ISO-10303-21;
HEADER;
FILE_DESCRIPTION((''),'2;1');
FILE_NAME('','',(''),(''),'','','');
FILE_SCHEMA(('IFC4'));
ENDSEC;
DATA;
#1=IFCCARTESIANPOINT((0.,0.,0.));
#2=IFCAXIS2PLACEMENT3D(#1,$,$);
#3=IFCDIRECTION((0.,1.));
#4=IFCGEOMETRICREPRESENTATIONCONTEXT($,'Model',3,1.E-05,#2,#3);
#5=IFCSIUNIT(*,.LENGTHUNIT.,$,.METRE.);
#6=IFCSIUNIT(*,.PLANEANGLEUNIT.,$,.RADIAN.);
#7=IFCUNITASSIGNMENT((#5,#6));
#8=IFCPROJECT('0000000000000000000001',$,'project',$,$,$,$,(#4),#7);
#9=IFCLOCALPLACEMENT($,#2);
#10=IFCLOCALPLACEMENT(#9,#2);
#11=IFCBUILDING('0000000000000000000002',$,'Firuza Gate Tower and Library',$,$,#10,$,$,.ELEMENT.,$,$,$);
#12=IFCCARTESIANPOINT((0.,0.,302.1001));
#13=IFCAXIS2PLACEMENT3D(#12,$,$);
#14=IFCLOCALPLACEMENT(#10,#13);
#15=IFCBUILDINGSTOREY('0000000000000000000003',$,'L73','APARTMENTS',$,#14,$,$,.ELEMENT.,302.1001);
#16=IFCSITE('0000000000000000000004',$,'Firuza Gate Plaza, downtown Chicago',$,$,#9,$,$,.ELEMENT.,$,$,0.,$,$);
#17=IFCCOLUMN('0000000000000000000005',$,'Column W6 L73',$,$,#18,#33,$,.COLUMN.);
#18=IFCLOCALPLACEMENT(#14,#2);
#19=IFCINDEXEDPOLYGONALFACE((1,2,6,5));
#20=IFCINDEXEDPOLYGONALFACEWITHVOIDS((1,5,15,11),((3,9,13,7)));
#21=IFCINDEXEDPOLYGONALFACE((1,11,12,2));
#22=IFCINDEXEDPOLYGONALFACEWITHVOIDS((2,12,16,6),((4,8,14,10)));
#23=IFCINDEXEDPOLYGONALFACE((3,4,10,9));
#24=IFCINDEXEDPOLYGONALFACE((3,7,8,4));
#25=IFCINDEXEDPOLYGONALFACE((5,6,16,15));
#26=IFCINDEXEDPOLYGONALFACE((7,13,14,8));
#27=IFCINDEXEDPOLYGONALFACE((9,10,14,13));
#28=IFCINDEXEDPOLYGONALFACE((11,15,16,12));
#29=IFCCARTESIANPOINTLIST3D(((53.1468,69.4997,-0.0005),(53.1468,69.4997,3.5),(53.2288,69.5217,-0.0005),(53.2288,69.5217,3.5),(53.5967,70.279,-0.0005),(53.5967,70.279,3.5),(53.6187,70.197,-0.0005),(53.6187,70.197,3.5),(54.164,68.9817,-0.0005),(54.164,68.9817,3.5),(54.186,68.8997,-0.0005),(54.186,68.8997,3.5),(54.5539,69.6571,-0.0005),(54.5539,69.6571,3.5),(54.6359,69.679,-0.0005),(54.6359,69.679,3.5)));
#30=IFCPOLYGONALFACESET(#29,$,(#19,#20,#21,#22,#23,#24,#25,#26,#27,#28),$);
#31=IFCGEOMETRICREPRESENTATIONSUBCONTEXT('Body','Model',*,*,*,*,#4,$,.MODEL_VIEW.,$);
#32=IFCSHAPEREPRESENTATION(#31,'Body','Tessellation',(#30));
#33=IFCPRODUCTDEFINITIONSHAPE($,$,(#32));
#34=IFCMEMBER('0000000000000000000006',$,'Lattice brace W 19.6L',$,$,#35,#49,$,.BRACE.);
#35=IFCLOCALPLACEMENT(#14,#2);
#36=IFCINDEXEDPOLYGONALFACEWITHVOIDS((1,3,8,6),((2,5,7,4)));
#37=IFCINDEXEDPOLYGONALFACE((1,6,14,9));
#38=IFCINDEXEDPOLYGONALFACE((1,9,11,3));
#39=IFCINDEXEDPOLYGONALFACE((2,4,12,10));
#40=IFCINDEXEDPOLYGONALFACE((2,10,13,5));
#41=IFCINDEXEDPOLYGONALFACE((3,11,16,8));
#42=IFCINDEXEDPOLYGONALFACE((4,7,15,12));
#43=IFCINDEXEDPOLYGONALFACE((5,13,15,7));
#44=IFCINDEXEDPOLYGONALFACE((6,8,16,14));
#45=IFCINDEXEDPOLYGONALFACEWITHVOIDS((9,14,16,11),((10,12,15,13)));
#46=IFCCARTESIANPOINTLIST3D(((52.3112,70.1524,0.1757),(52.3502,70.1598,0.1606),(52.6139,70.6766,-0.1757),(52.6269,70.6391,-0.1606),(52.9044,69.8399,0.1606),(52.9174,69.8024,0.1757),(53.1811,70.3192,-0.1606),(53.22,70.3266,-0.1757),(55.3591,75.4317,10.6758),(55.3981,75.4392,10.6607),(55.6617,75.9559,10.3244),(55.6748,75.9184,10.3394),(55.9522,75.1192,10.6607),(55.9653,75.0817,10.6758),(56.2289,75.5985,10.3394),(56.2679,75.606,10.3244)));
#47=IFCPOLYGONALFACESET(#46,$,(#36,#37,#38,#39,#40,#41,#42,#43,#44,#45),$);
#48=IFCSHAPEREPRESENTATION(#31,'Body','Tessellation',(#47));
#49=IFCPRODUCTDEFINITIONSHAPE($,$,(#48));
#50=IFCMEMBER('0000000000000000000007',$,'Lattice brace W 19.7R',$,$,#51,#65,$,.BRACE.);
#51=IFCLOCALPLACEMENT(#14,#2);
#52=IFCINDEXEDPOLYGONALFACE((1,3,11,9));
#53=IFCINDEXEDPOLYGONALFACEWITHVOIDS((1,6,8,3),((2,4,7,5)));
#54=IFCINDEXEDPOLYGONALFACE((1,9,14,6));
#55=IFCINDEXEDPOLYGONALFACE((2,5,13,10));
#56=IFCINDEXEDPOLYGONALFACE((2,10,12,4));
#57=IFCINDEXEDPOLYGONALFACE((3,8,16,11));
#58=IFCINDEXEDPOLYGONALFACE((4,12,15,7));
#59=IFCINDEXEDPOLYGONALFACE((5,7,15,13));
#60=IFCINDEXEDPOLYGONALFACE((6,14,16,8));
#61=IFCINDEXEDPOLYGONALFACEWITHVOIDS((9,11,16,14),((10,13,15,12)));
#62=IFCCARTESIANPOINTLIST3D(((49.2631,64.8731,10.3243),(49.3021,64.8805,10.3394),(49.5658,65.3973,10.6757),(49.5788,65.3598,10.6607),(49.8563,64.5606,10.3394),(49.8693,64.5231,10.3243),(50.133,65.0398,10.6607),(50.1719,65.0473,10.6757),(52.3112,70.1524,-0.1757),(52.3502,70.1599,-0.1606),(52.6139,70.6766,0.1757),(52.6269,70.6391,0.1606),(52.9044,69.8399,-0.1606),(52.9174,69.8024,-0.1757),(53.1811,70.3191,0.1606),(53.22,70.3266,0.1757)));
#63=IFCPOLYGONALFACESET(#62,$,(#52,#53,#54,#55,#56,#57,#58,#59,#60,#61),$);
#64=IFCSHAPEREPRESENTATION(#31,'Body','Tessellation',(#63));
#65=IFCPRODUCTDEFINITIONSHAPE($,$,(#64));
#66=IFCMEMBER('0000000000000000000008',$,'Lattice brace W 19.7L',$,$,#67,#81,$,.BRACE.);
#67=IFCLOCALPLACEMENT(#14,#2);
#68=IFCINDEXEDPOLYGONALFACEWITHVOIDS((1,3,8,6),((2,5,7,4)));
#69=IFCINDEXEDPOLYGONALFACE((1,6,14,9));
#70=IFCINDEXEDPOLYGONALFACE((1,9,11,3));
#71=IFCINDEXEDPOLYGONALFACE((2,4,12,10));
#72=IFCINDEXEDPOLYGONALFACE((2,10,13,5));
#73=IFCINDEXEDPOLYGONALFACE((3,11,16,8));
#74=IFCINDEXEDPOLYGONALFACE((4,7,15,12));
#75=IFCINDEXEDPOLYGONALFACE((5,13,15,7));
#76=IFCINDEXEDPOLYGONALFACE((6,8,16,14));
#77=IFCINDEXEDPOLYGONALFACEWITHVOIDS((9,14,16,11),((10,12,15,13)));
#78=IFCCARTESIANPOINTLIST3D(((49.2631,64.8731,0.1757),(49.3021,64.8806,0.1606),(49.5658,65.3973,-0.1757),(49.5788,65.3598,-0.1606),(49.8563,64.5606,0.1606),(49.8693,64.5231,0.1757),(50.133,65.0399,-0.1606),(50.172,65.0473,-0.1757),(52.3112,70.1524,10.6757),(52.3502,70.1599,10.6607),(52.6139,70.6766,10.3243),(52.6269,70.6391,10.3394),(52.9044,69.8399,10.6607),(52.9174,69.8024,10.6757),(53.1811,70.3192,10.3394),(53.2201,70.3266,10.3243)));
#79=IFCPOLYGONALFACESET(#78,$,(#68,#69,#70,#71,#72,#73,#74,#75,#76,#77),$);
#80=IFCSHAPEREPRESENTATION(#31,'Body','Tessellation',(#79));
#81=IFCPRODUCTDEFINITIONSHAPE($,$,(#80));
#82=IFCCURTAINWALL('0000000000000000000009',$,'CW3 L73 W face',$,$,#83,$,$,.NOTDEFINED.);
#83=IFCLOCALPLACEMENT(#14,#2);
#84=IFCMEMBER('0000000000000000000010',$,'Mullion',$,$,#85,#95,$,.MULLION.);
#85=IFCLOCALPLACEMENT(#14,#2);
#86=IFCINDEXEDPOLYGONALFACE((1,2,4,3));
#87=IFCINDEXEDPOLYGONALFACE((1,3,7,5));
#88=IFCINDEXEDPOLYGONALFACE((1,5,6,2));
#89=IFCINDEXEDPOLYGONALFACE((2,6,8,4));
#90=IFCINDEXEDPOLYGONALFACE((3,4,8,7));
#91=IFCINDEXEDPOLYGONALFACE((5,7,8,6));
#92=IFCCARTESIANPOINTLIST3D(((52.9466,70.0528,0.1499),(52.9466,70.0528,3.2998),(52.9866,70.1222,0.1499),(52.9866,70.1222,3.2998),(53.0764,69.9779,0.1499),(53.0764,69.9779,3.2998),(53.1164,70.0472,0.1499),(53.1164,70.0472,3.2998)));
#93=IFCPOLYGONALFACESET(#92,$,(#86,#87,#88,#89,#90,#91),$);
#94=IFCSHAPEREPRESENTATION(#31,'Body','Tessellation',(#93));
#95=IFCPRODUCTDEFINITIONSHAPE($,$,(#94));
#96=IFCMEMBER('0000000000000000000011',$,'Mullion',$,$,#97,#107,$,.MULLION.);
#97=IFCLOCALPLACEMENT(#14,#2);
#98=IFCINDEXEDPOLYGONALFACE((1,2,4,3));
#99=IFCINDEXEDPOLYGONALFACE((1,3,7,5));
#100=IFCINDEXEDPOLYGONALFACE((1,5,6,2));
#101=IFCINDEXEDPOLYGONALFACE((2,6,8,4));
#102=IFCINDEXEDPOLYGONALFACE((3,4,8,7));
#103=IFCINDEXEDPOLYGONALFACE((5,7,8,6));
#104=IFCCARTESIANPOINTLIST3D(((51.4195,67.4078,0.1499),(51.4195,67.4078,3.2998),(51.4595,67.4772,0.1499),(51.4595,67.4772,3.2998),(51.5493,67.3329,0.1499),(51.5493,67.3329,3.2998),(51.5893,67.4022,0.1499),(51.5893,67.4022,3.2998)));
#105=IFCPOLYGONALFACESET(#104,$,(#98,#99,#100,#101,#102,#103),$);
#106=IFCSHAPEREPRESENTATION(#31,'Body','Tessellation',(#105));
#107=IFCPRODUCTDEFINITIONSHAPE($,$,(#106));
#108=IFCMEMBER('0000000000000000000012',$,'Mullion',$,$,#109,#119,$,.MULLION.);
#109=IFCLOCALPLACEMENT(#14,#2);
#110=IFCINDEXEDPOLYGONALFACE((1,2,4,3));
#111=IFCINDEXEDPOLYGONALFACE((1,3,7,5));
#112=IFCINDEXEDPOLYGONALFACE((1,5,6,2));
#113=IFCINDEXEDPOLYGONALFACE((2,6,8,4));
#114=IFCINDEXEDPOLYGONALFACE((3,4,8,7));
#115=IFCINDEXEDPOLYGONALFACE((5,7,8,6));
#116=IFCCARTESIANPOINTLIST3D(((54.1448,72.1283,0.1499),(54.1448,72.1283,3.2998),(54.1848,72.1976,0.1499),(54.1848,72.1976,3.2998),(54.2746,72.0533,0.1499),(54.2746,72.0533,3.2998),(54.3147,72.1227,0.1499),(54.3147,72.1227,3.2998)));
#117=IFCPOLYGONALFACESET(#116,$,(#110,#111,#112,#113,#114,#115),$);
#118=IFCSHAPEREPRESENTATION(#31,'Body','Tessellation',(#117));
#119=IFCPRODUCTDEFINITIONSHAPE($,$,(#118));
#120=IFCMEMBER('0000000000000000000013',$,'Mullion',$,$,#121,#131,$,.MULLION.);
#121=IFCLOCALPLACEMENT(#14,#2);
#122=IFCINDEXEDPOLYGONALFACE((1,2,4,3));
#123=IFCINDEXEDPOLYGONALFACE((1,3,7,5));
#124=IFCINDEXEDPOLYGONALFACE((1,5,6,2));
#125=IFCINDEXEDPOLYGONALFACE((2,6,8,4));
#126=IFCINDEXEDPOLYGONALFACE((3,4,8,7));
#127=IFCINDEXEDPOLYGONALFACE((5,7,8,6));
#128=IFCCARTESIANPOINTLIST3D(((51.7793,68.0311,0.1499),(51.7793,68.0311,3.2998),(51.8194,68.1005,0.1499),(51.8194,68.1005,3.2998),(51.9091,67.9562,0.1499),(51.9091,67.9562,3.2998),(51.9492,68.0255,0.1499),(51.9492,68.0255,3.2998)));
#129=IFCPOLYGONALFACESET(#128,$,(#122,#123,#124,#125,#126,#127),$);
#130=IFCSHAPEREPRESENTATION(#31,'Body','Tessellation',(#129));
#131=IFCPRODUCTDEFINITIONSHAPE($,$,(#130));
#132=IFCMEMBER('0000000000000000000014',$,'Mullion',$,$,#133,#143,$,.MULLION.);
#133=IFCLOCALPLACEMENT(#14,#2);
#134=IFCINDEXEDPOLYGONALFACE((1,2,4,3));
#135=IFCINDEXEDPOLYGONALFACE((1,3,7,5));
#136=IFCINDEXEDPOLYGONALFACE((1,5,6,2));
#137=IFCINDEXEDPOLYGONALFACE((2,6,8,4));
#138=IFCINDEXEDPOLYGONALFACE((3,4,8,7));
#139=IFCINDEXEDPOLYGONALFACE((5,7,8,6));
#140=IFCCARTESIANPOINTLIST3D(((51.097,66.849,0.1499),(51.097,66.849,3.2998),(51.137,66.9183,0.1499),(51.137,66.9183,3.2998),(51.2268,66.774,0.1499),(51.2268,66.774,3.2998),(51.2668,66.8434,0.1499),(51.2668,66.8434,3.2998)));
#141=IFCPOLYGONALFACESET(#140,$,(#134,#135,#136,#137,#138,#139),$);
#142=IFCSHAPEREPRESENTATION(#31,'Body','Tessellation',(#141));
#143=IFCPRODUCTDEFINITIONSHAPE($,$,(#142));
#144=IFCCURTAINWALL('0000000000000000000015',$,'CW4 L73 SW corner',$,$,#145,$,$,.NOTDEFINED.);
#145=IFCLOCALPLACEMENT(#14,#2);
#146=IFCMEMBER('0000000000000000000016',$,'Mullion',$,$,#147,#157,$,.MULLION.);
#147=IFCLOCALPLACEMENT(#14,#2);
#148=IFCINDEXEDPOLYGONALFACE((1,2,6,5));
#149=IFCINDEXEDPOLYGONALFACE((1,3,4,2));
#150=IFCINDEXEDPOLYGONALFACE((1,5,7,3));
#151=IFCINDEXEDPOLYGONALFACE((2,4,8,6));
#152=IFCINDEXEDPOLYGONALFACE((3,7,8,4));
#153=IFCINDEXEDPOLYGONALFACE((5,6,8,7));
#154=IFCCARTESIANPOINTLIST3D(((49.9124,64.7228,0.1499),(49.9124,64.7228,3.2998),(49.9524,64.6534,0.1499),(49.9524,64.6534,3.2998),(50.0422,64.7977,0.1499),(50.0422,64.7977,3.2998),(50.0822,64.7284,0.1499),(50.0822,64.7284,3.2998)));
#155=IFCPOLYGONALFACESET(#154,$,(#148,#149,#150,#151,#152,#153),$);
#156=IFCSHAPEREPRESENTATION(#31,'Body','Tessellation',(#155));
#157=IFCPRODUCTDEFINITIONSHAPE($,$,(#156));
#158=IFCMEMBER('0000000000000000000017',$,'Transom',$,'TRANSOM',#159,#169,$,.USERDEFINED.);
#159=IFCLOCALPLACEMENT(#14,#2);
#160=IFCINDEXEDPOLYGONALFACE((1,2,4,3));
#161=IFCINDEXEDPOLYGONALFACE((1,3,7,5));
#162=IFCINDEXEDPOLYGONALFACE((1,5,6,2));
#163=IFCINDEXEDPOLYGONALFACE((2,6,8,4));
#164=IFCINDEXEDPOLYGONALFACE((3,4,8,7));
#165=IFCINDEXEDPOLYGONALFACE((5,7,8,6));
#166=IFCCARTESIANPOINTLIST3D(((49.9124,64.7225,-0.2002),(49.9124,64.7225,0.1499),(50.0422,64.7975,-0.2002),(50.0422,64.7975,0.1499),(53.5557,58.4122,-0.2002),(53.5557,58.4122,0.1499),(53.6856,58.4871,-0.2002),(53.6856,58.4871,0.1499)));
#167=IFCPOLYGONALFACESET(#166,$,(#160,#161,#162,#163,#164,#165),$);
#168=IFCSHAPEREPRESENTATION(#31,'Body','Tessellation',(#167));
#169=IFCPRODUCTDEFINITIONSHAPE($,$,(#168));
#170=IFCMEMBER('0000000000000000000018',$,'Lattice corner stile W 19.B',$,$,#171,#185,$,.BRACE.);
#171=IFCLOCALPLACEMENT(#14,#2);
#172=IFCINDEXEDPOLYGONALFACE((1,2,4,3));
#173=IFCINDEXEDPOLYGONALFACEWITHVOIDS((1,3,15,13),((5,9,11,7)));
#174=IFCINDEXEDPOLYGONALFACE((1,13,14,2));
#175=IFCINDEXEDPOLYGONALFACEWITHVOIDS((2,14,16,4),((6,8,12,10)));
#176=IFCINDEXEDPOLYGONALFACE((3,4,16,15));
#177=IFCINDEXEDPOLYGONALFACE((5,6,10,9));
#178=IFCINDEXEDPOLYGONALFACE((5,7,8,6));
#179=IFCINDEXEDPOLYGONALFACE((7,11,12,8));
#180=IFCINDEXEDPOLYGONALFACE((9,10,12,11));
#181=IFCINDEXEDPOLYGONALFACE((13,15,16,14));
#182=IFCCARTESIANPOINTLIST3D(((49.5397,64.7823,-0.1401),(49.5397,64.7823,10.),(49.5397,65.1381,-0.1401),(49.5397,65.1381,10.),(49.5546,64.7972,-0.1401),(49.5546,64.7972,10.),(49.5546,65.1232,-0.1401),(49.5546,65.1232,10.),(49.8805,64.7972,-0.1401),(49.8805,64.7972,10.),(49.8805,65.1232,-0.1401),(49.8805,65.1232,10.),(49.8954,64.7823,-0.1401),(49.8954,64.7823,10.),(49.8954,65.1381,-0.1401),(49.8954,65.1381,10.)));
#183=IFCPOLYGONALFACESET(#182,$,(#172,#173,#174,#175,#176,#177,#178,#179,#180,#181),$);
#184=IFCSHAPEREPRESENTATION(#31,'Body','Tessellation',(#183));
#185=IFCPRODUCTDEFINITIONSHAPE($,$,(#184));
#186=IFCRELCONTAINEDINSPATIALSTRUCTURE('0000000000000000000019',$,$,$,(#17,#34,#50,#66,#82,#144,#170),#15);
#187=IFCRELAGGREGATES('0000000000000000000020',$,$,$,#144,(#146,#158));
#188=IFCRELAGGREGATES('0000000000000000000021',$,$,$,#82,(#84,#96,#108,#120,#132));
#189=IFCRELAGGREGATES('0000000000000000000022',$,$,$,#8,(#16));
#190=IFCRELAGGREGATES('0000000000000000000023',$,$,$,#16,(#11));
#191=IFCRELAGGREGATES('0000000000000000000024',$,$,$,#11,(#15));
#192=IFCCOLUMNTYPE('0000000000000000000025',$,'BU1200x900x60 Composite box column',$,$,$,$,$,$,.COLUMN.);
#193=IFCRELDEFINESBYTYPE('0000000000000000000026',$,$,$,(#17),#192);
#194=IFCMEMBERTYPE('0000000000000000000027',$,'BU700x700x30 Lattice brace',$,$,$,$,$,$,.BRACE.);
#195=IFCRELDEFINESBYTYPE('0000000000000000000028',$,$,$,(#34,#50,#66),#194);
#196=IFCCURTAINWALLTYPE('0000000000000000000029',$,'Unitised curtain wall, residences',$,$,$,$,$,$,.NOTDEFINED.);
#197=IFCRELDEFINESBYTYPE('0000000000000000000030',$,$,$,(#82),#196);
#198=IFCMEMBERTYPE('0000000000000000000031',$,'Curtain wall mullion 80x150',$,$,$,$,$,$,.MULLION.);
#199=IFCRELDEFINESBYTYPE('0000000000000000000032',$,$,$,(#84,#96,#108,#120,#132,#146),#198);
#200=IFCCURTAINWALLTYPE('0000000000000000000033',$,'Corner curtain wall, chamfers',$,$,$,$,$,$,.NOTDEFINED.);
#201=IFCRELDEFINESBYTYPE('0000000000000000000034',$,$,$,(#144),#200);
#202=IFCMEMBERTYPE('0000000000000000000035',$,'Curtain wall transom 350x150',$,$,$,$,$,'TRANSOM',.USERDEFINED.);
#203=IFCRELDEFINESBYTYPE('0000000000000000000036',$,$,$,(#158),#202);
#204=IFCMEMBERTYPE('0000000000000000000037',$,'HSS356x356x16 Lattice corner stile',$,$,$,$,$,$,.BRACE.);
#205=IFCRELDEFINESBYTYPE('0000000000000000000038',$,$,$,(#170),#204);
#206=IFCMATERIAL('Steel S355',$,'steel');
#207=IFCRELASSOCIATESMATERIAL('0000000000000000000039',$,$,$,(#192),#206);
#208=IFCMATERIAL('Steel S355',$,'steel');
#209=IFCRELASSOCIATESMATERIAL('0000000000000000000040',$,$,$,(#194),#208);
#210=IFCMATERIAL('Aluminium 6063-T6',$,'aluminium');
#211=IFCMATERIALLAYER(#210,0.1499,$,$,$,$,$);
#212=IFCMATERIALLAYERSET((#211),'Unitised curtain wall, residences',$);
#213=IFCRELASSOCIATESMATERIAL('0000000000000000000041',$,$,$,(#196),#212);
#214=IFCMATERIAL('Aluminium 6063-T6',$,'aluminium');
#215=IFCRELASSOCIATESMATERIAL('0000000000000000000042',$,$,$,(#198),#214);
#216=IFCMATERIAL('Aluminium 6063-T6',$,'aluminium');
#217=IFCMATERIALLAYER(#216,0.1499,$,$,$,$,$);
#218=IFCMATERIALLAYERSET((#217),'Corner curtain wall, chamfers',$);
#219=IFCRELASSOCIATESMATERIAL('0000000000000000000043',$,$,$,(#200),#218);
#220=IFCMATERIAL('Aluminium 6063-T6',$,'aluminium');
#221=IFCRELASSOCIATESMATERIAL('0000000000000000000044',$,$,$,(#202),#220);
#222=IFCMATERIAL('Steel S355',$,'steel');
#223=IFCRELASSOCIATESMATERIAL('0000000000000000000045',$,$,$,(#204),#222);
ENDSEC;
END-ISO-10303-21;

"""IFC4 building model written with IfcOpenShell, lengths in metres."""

from ifc_helpers import new_model, si_unit, direction, frame, origin, origin_2d, place, context, subcontext, project, spatial, rectangle, hollow_rectangle, extrude, material, layer, layer_set, material_profile, profile_set, type_object, element, aggregate, save


model = new_model("IFC4")

# Units and contexts
model_context = context("Model", 3, precision=1e-05, world=origin(), true_north=direction((0.0, 1.0)))
body_context = subcontext(model_context, "Body", "Model", "MODEL_VIEW")
ifc_project = project(units=[si_unit("LENGTHUNIT", "METRE"), si_unit("PLANEANGLEUNIT", "RADIAN")], contexts=[model_context])

# Site, building, storey
site_placement = place(None, origin())
site = spatial("IfcSite", under=ifc_project, at=site_placement, Name="Firuza Gate Plaza, downtown Chicago", CompositionType="ELEMENT", RefElevation=0.0)
building_placement = place(site_placement, origin())
building = spatial("IfcBuilding", under=site, at=building_placement, Name="Firuza Gate Tower and Library", CompositionType="ELEMENT")
storey_placement = place(building_placement, frame((0.0, 0.0, 302.1001)))
storey = spatial("IfcBuildingStorey", under=building, at=storey_placement, Name="L73", Description="APARTMENTS", CompositionType="ELEMENT", Elevation=302.1001)

# Column
ifc_material_1 = material(Name="Steel S355", Category="steel")
ifc_material_profile_1 = material_profile(ifc_material_1, hollow_rectangle(XDim=0.8999, YDim=1.2, WallThickness=0.0601, at=origin_2d()))
ifc_profile_set_1 = profile_set([ifc_material_profile_1], Name="Steel S355")
column_type = type_object("IfcColumnType", Name="BU1200x900x60 Composite box column", PredefinedType="COLUMN", material=ifc_profile_set_1)
column_placement = place(storey_placement, frame((53.8914, 69.5894, -0.0005), z_axis=(0.0, 0.0, 1.0), x_axis=(-0.5, -0.866025, 0.0)))
element("IfcColumn", 1, at=column_placement, inside=storey, type_object=column_type, Name="Column W6 L73", PredefinedType="COLUMN", context=body_context, shape_type="SweptSolid", body=[
    extrude(hollow_rectangle(XDim=0.8999, YDim=1.2, WallThickness=0.0601, at=origin_2d()), origin(), (0.0, 0.0, 1.0), 3.5005),
])

# Members
ifc_material_2 = material(Name="Steel S355", Category="steel")
ifc_material_profile_2 = material_profile(ifc_material_2, hollow_rectangle(XDim=0.7, YDim=0.7, WallThickness=0.03, at=origin_2d()))
ifc_profile_set_2 = profile_set([ifc_material_profile_2], Name="Steel S355")
member_type_1 = type_object("IfcMemberType", Name="BU700x700x30 Lattice brace", PredefinedType="BRACE", material=ifc_profile_set_2)
for number, where, z_axis, x_axis, name in (
    (2, (52.7656, 70.2395, 0.0), (0.251032, 0.434823, 0.864819), (-0.866036, 0.499981, 0.0), "Lattice brace W 19.6L"),
    (3, (52.7656, 70.2395, 0.0), (-0.251051, -0.43482, 0.864815), (0.866019, -0.500011, 0.0), "Lattice brace W 19.7R"),
    (4, (49.7175, 64.9602, 0.0), (0.251051, 0.43482, 0.864815), (-0.866019, 0.500011, 0.0), "Lattice brace W 19.7L"),
):
    element("IfcMember", number, at=place(storey_placement, frame(where, z_axis=z_axis, x_axis=x_axis)), inside=storey, type_object=member_type_1, Name=name, PredefinedType="BRACE", context=body_context, shape_type="SweptSolid", body=[
        extrude(hollow_rectangle(XDim=0.7, YDim=0.7, WallThickness=0.03, at=origin_2d()), origin(), (0.0, 0.0, 1.0), 12.1414),
    ])

# Curtain walls, members
ifc_material_3 = material(Name="Aluminium 6063-T6", Category="aluminium")
ifc_layer_1 = layer(ifc_material_3, 0.1499)
ifc_layer_set_1 = layer_set([ifc_layer_1], Name="Unitised curtain wall, residences")
curtain_wall_type_1 = type_object("IfcCurtainWallType", Name="Unitised curtain wall, residences", PredefinedType="NOTDEFINED", material=ifc_layer_set_1)
placement = place(storey_placement, origin())
curtain_wall_1 = element("IfcCurtainWall", 5, at=placement, inside=storey, type_object=curtain_wall_type_1, Name="CW3 L73 W face", PredefinedType="NOTDEFINED")
ifc_material_4 = material(Name="Aluminium 6063-T6", Category="aluminium")
ifc_material_profile_3 = material_profile(ifc_material_4, rectangle(XDim=0.1499, YDim=0.0801, at=origin_2d()))
ifc_profile_set_3 = profile_set([ifc_material_profile_3], Name="Aluminium 6063-T6")
member_type_2 = type_object("IfcMemberType", Name="Curtain wall mullion 80x150", PredefinedType="MULLION", material=ifc_profile_set_3)
member_1_placement = place(storey_placement, frame((53.0315, 70.05, 0.1499), z_axis=(0.0, 0.0, 1.0), x_axis=(0.866025, -0.5, 0.0)))
member_1 = element("IfcMember", 6, at=member_1_placement, type_object=member_type_2, Name="Mullion", PredefinedType="MULLION", context=body_context, shape_type="SweptSolid", body=[
    extrude(rectangle(XDim=0.1499, YDim=0.0801, at=origin_2d()), origin(), (0.0, 0.0, 1.0), 3.1499),
])
member_2_placement = place(storey_placement, frame((51.5044, 67.405, 0.1499), z_axis=(0.0, 0.0, 1.0), x_axis=(0.866025, -0.5, 0.0)))
member_2 = element("IfcMember", 7, at=member_2_placement, type_object=member_type_2, Name="Mullion", PredefinedType="MULLION", context=body_context, shape_type="SweptSolid", body=[
    extrude(rectangle(XDim=0.1499, YDim=0.0801, at=origin_2d()), origin(), (0.0, 0.0, 1.0), 3.1499),
])
member_3_placement = place(storey_placement, frame((54.2297, 72.1255, 0.1499), z_axis=(0.0, 0.0, 1.0), x_axis=(0.866025, -0.5, 0.0)))
member_3 = element("IfcMember", 8, at=member_3_placement, type_object=member_type_2, Name="Mullion", PredefinedType="MULLION", context=body_context, shape_type="SweptSolid", body=[
    extrude(rectangle(XDim=0.1499, YDim=0.0801, at=origin_2d()), origin(), (0.0, 0.0, 1.0), 3.1499),
])
member_4_placement = place(storey_placement, frame((51.8643, 68.0283, 0.1499), z_axis=(0.0, 0.0, 1.0), x_axis=(0.866025, -0.5, 0.0)))
member_4 = element("IfcMember", 9, at=member_4_placement, type_object=member_type_2, Name="Mullion", PredefinedType="MULLION", context=body_context, shape_type="SweptSolid", body=[
    extrude(rectangle(XDim=0.1499, YDim=0.0801, at=origin_2d()), origin(), (0.0, 0.0, 1.0), 3.1499),
])
member_5_placement = place(storey_placement, frame((51.1819, 66.8462, 0.1499), z_axis=(0.0, 0.0, 1.0), x_axis=(0.866025, -0.5, 0.0)))
member_5 = element("IfcMember", 10, at=member_5_placement, type_object=member_type_2, Name="Mullion", PredefinedType="MULLION", context=body_context, shape_type="SweptSolid", body=[
    extrude(rectangle(XDim=0.1499, YDim=0.0801, at=origin_2d()), origin(), (0.0, 0.0, 1.0), 3.1499),
])
ifc_material_5 = material(Name="Aluminium 6063-T6", Category="aluminium")
ifc_layer_2 = layer(ifc_material_5, 0.1499)
ifc_layer_set_2 = layer_set([ifc_layer_2], Name="Corner curtain wall, chamfers")
curtain_wall_type_2 = type_object("IfcCurtainWallType", Name="Corner curtain wall, chamfers", PredefinedType="NOTDEFINED", material=ifc_layer_set_2)
curtain_wall_2 = element("IfcCurtainWall", 11, at=placement, inside=storey, type_object=curtain_wall_type_2, Name="CW4 L73 SW corner", PredefinedType="NOTDEFINED")
member_6_placement = place(storey_placement, frame((49.9973, 64.7256, 0.1499), z_axis=(0.0, 0.0, 1.0), x_axis=(0.866025, 0.5, 0.0)))
member_6 = element("IfcMember", 12, at=member_6_placement, type_object=member_type_2, Name="Mullion", PredefinedType="MULLION", context=body_context, shape_type="SweptSolid", body=[
    extrude(rectangle(XDim=0.1499, YDim=0.0801, at=origin_2d()), origin(), (0.0, 0.0, 1.0), 3.1499),
])
ifc_material_6 = material(Name="Aluminium 6063-T6", Category="aluminium")
ifc_material_profile_4 = material_profile(ifc_material_6, rectangle(XDim=0.1499, YDim=0.3501, at=origin_2d()))
ifc_profile_set_4 = profile_set([ifc_material_profile_4], Name="Aluminium 6063-T6")
member_type_3 = type_object("IfcMemberType", Name="Curtain wall transom 350x150", ElementType="TRANSOM", PredefinedType="USERDEFINED", material=ifc_profile_set_4)
member_7_placement = place(storey_placement, frame((49.9773, 64.76, -0.0251), z_axis=(0.500006, -0.866022, 0.0), x_axis=(0.866022, 0.500006, 0.0)))
member_7 = element("IfcMember", 13, at=member_7_placement, type_object=member_type_3, Name="Transom", ObjectType="TRANSOM", PredefinedType="USERDEFINED", context=body_context, shape_type="SweptSolid", body=[
    extrude(rectangle(XDim=0.1499, YDim=0.3501, at=origin_2d()), origin(), (0.0, 0.0, 1.0), 7.2866),
])

# Member
ifc_material_7 = material(Name="Steel S355", Category="steel")
ifc_material_profile_5 = material_profile(ifc_material_7, hollow_rectangle(XDim=0.3557, YDim=0.3557, WallThickness=0.0149, at=origin_2d()))
ifc_profile_set_5 = profile_set([ifc_material_profile_5], Name="Steel S355")
member_type_4 = type_object("IfcMemberType", Name="HSS356x356x16 Lattice corner stile", PredefinedType="BRACE", material=ifc_profile_set_5)
member_8_placement = place(storey_placement, frame((49.7175, 64.9602, -0.1401), z_axis=(0.0, 0.0, 1.0), x_axis=(1.0, 0.0, 0.0)))
element("IfcMember", 14, at=member_8_placement, inside=storey, type_object=member_type_4, Name="Lattice corner stile W 19.B", PredefinedType="BRACE", context=body_context, shape_type="SweptSolid", body=[
    extrude(hollow_rectangle(XDim=0.3557, YDim=0.3557, WallThickness=0.0149, at=origin_2d()), origin(), (0.0, 0.0, 1.0), 10.1401),
])

aggregate(curtain_wall_2, [member_6, member_7])
aggregate(curtain_wall_1, [member_1, member_2, member_3, member_4, member_5])

save(model, "model.ifc")
